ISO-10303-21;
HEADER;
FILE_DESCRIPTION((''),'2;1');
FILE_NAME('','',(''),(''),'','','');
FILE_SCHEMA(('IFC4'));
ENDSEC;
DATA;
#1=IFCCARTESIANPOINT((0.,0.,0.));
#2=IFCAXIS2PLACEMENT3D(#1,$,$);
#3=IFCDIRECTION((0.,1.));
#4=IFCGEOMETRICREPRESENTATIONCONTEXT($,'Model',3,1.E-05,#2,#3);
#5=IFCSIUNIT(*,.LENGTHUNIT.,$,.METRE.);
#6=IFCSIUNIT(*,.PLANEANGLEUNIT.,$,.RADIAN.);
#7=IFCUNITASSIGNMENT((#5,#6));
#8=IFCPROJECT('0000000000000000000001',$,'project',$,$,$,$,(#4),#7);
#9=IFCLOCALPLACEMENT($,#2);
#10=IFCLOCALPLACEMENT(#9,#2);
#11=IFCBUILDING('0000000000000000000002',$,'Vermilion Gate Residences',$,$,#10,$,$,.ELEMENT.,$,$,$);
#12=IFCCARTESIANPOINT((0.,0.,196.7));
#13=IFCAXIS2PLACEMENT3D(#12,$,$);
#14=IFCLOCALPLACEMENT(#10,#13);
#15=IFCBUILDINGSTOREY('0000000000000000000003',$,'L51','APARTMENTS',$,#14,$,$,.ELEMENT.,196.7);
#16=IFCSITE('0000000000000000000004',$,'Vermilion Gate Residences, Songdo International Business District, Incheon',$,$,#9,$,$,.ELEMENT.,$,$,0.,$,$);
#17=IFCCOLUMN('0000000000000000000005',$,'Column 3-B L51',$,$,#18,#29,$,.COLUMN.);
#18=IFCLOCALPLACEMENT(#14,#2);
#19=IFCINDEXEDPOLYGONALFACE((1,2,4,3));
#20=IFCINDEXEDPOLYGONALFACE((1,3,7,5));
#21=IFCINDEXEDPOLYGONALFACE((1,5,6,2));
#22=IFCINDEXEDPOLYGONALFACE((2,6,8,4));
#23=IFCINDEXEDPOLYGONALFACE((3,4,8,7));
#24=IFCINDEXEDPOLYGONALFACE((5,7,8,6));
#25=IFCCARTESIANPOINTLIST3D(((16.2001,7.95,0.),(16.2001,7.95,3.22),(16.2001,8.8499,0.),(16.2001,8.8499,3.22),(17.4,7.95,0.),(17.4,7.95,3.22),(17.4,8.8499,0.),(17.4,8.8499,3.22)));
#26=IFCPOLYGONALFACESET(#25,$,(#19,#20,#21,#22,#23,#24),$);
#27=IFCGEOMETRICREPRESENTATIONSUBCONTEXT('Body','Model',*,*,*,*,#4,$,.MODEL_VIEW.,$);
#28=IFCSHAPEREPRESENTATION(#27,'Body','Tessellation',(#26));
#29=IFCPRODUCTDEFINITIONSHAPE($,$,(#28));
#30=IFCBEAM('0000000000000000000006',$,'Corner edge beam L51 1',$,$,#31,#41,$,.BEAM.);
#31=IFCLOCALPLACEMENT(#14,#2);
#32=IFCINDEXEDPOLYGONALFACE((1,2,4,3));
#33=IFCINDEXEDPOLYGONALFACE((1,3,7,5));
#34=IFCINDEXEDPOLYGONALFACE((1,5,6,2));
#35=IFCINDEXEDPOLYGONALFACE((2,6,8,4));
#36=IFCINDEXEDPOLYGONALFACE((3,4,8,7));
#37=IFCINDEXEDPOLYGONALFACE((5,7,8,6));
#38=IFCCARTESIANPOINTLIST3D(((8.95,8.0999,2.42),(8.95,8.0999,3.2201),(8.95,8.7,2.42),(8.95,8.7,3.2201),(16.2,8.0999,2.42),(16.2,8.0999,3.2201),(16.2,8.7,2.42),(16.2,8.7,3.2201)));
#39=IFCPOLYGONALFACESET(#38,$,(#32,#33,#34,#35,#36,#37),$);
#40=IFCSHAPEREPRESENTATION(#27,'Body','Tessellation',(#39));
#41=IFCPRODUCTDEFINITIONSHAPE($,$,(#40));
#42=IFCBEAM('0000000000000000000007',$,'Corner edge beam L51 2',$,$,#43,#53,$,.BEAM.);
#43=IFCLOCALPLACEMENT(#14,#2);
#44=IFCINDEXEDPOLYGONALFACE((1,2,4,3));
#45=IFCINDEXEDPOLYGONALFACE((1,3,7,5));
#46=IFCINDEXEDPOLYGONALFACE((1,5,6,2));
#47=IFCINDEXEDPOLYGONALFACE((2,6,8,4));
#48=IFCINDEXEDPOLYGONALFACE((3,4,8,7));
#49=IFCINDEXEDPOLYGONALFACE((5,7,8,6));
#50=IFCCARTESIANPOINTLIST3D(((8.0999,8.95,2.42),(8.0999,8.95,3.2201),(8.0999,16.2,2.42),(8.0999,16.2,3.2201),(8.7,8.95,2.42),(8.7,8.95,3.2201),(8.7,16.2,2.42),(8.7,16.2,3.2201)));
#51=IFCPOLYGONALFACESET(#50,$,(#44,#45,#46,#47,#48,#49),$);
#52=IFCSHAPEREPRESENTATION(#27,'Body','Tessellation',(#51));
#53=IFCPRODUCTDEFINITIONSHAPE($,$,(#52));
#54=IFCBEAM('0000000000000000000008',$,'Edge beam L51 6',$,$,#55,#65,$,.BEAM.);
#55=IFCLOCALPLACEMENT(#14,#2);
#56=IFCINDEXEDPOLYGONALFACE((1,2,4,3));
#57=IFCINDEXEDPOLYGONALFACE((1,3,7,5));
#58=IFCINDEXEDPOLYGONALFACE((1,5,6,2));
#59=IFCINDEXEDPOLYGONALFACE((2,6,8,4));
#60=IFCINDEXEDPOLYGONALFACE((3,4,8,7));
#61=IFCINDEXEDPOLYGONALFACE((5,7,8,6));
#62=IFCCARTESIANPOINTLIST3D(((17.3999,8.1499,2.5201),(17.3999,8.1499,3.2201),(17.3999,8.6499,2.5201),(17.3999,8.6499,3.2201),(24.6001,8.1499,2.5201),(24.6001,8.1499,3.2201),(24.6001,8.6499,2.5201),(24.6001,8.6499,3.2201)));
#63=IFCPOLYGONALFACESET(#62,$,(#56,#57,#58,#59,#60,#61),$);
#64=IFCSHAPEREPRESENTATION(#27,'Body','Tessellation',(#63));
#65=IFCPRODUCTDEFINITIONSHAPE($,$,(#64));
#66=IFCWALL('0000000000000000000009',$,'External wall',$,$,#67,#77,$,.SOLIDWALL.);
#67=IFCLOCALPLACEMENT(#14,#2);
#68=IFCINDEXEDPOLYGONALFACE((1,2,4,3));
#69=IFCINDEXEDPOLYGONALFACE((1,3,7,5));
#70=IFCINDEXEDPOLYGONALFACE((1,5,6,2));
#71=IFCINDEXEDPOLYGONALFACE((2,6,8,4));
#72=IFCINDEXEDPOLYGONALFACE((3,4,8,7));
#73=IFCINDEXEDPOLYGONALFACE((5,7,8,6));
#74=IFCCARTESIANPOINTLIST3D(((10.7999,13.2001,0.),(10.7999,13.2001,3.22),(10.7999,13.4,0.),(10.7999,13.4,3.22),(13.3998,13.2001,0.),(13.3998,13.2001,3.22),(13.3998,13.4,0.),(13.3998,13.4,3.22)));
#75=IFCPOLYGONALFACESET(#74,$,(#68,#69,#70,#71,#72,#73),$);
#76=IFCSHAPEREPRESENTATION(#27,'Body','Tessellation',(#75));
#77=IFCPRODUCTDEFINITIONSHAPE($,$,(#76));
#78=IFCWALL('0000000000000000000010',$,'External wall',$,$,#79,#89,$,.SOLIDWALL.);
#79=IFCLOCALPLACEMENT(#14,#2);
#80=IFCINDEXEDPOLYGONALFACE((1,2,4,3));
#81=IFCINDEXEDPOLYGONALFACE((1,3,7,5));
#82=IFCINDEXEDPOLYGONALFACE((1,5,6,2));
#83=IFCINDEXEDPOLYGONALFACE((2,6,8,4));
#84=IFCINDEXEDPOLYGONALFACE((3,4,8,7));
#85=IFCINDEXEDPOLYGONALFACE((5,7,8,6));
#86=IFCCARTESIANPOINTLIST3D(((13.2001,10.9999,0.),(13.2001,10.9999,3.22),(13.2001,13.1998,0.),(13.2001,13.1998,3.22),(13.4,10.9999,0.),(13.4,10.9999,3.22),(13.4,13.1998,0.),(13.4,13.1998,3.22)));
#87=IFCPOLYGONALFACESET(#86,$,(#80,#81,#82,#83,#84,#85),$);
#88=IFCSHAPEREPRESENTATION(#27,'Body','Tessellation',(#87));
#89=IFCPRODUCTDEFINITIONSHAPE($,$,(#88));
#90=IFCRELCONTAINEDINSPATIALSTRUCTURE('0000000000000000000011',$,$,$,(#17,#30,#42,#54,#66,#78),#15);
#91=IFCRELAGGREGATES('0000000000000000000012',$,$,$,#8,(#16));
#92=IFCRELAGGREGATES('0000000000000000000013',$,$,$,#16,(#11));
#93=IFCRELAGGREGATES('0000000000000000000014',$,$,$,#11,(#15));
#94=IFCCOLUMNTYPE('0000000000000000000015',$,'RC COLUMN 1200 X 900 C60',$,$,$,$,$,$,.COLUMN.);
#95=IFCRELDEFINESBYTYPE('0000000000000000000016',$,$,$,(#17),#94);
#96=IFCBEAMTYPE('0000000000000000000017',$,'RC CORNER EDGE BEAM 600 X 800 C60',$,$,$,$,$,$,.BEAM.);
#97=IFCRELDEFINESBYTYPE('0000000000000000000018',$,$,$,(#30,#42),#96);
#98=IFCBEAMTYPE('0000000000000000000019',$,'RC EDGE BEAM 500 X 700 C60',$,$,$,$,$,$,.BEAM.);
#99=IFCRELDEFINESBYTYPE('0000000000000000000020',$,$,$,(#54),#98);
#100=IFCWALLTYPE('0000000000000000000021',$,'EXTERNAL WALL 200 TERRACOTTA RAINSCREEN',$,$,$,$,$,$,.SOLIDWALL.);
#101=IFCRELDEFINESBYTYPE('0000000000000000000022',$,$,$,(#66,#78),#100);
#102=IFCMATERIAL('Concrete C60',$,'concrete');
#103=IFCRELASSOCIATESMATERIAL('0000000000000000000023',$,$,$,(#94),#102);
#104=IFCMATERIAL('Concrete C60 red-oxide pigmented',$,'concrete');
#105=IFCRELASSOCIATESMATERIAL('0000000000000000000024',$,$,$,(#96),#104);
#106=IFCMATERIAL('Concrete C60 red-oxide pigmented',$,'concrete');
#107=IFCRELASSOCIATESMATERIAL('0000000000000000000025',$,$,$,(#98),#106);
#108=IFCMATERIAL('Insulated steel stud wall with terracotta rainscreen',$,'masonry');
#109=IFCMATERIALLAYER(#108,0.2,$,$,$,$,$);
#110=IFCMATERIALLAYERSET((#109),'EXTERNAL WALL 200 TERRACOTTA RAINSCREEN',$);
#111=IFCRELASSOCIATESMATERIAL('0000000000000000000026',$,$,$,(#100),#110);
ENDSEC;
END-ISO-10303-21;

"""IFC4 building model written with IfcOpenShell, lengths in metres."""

from ifc_helpers import new_model, si_unit, direction, frame, frame_2d, origin, origin_2d, place, context, subcontext, project, spatial, rectangle, extrude, material, layer, layer_set, material_profile, profile_set, type_object, element, save


model = new_model("IFC4")

# Units and contexts
model_context = context("Model", 3, precision=1e-05, world=origin(), true_north=direction((0.0, 1.0)))
body_context = subcontext(model_context, "Body", "Model", "MODEL_VIEW")
ifc_project = project(units=[si_unit("LENGTHUNIT", "METRE"), si_unit("PLANEANGLEUNIT", "RADIAN")], contexts=[model_context])

# Site, building, storey
site_placement = place(None, origin())
site = spatial("IfcSite", under=ifc_project, at=site_placement, Name="Vermilion Gate Residences, Songdo International Business District, Incheon", CompositionType="ELEMENT", RefElevation=0.0)
building_placement = place(site_placement, origin())
building = spatial("IfcBuilding", under=site, at=building_placement, Name="Vermilion Gate Residences", CompositionType="ELEMENT")
storey_placement = place(building_placement, frame((0.0, 0.0, 196.7)))
storey = spatial("IfcBuildingStorey", under=building, at=storey_placement, Name="L51", Description="APARTMENTS", CompositionType="ELEMENT", Elevation=196.7)

# Column
ifc_material_1 = material(Name="Concrete C60", Category="concrete")
ifc_material_profile_1 = material_profile(ifc_material_1, rectangle(XDim=1.2, YDim=0.8999, at=origin_2d()), Name="RC-1200x900")
ifc_profile_set_1 = profile_set([ifc_material_profile_1], Name="Concrete C60")
column_type = type_object("IfcColumnType", Name="RC COLUMN 1200 X 900 C60", PredefinedType="COLUMN", material=ifc_profile_set_1)
column_placement = place(storey_placement, frame((16.8, 8.3999, 0.0), z_axis=(0.0, 0.0, 1.0), x_axis=(1.0, 0.0, 0.0)))
element("IfcColumn", 1, at=column_placement, inside=storey, type_object=column_type, Name="Column 3-B L51", PredefinedType="COLUMN", context=body_context, shape_type="SweptSolid", body=[
    extrude(rectangle(XDim=1.2, YDim=0.8999, at=origin_2d()), origin(), (0.0, 0.0, 1.0), 3.22),
])

# Beams
ifc_material_2 = material(Name="Concrete C60 red-oxide pigmented", Category="concrete")
ifc_material_profile_2 = material_profile(ifc_material_2, rectangle(XDim=0.6001, YDim=0.8, at=origin_2d()), Name="RC-600x800")
ifc_profile_set_2 = profile_set([ifc_material_profile_2], Name="Concrete C60 red-oxide pigmented")
beam_type_1 = type_object("IfcBeamType", Name="RC CORNER EDGE BEAM 600 X 800 C60", PredefinedType="BEAM", material=ifc_profile_set_2)
for number, where, z_axis, x_axis, name in (
    (2, (8.95, 8.3999, 2.8201), (1.0, 0.0, 0.0), (0.0, 1.0, 0.0), "Corner edge beam L51 1"),
    (3, (8.3999, 8.95, 2.8201), (0.0, 1.0, 0.0), (-1.0, 0.0, 0.0), "Corner edge beam L51 2"),
):
    element("IfcBeam", number, at=place(storey_placement, frame(where, z_axis=z_axis, x_axis=x_axis)), inside=storey, type_object=beam_type_1, Name=name, PredefinedType="BEAM", context=body_context, shape_type="SweptSolid", body=[
        extrude(rectangle(XDim=0.6001, YDim=0.8, at=origin_2d()), origin(), (0.0, 0.0, 1.0), 7.25),
    ])
ifc_material_3 = material(Name="Concrete C60 red-oxide pigmented", Category="concrete")
ifc_material_profile_3 = material_profile(ifc_material_3, rectangle(XDim=0.5, YDim=0.7, at=origin_2d()), Name="RC-500x700")
ifc_profile_set_3 = profile_set([ifc_material_profile_3], Name="Concrete C60 red-oxide pigmented")
beam_type_2 = type_object("IfcBeamType", Name="RC EDGE BEAM 500 X 700 C60", PredefinedType="BEAM", material=ifc_profile_set_3)
beam_placement = place(storey_placement, frame((17.3999, 8.3999, 2.8701), z_axis=(1.0, 0.0, 0.0), x_axis=(0.0, 1.0, 0.0)))
element("IfcBeam", 4, at=beam_placement, inside=storey, type_object=beam_type_2, Name="Edge beam L51 6", PredefinedType="BEAM", context=body_context, shape_type="SweptSolid", body=[
    extrude(rectangle(XDim=0.5, YDim=0.7, at=origin_2d()), origin(), (0.0, 0.0, 1.0), 7.2002),
])

# Walls
ifc_material_4 = material(Name="Insulated steel stud wall with terracotta rainscreen", Category="masonry")
ifc_layer_1 = layer(ifc_material_4, 0.2)
ifc_layer_set_1 = layer_set([ifc_layer_1], Name="EXTERNAL WALL 200 TERRACOTTA RAINSCREEN")
wall_type_1 = type_object("IfcWallType", Name="EXTERNAL WALL 200 TERRACOTTA RAINSCREEN", PredefinedType="SOLIDWALL", material=ifc_layer_set_1)
wall_1_placement = place(storey_placement, frame((10.8, 13.3, 0.0), z_axis=(0.0, 0.0, 1.0), x_axis=(1.0, 0.0, 0.0)))
element("IfcWall", 5, at=wall_1_placement, inside=storey, type_object=wall_type_1, Name="External wall", PredefinedType="SOLIDWALL", context=body_context, shape_type="SweptSolid", body=[
    extrude(rectangle(XDim=2.5999, YDim=0.2, at=frame_2d((1.2998, 0.0))), origin(), (0.0, 0.0, 1.0), 3.22),
])
wall_2_placement = place(storey_placement, frame((13.3, 13.2, 0.0), z_axis=(0.0, 0.0, 1.0), x_axis=(0.0, -1.0, 0.0)))
element("IfcWall", 6, at=wall_2_placement, inside=storey, type_object=wall_type_1, Name="External wall", PredefinedType="SOLIDWALL", context=body_context, shape_type="SweptSolid", body=[
    extrude(rectangle(XDim=2.2, YDim=0.2, at=frame_2d((1.1001, 0.0))), origin(), (0.0, 0.0, 1.0), 3.22),
])

save(model, "model.ifc")
